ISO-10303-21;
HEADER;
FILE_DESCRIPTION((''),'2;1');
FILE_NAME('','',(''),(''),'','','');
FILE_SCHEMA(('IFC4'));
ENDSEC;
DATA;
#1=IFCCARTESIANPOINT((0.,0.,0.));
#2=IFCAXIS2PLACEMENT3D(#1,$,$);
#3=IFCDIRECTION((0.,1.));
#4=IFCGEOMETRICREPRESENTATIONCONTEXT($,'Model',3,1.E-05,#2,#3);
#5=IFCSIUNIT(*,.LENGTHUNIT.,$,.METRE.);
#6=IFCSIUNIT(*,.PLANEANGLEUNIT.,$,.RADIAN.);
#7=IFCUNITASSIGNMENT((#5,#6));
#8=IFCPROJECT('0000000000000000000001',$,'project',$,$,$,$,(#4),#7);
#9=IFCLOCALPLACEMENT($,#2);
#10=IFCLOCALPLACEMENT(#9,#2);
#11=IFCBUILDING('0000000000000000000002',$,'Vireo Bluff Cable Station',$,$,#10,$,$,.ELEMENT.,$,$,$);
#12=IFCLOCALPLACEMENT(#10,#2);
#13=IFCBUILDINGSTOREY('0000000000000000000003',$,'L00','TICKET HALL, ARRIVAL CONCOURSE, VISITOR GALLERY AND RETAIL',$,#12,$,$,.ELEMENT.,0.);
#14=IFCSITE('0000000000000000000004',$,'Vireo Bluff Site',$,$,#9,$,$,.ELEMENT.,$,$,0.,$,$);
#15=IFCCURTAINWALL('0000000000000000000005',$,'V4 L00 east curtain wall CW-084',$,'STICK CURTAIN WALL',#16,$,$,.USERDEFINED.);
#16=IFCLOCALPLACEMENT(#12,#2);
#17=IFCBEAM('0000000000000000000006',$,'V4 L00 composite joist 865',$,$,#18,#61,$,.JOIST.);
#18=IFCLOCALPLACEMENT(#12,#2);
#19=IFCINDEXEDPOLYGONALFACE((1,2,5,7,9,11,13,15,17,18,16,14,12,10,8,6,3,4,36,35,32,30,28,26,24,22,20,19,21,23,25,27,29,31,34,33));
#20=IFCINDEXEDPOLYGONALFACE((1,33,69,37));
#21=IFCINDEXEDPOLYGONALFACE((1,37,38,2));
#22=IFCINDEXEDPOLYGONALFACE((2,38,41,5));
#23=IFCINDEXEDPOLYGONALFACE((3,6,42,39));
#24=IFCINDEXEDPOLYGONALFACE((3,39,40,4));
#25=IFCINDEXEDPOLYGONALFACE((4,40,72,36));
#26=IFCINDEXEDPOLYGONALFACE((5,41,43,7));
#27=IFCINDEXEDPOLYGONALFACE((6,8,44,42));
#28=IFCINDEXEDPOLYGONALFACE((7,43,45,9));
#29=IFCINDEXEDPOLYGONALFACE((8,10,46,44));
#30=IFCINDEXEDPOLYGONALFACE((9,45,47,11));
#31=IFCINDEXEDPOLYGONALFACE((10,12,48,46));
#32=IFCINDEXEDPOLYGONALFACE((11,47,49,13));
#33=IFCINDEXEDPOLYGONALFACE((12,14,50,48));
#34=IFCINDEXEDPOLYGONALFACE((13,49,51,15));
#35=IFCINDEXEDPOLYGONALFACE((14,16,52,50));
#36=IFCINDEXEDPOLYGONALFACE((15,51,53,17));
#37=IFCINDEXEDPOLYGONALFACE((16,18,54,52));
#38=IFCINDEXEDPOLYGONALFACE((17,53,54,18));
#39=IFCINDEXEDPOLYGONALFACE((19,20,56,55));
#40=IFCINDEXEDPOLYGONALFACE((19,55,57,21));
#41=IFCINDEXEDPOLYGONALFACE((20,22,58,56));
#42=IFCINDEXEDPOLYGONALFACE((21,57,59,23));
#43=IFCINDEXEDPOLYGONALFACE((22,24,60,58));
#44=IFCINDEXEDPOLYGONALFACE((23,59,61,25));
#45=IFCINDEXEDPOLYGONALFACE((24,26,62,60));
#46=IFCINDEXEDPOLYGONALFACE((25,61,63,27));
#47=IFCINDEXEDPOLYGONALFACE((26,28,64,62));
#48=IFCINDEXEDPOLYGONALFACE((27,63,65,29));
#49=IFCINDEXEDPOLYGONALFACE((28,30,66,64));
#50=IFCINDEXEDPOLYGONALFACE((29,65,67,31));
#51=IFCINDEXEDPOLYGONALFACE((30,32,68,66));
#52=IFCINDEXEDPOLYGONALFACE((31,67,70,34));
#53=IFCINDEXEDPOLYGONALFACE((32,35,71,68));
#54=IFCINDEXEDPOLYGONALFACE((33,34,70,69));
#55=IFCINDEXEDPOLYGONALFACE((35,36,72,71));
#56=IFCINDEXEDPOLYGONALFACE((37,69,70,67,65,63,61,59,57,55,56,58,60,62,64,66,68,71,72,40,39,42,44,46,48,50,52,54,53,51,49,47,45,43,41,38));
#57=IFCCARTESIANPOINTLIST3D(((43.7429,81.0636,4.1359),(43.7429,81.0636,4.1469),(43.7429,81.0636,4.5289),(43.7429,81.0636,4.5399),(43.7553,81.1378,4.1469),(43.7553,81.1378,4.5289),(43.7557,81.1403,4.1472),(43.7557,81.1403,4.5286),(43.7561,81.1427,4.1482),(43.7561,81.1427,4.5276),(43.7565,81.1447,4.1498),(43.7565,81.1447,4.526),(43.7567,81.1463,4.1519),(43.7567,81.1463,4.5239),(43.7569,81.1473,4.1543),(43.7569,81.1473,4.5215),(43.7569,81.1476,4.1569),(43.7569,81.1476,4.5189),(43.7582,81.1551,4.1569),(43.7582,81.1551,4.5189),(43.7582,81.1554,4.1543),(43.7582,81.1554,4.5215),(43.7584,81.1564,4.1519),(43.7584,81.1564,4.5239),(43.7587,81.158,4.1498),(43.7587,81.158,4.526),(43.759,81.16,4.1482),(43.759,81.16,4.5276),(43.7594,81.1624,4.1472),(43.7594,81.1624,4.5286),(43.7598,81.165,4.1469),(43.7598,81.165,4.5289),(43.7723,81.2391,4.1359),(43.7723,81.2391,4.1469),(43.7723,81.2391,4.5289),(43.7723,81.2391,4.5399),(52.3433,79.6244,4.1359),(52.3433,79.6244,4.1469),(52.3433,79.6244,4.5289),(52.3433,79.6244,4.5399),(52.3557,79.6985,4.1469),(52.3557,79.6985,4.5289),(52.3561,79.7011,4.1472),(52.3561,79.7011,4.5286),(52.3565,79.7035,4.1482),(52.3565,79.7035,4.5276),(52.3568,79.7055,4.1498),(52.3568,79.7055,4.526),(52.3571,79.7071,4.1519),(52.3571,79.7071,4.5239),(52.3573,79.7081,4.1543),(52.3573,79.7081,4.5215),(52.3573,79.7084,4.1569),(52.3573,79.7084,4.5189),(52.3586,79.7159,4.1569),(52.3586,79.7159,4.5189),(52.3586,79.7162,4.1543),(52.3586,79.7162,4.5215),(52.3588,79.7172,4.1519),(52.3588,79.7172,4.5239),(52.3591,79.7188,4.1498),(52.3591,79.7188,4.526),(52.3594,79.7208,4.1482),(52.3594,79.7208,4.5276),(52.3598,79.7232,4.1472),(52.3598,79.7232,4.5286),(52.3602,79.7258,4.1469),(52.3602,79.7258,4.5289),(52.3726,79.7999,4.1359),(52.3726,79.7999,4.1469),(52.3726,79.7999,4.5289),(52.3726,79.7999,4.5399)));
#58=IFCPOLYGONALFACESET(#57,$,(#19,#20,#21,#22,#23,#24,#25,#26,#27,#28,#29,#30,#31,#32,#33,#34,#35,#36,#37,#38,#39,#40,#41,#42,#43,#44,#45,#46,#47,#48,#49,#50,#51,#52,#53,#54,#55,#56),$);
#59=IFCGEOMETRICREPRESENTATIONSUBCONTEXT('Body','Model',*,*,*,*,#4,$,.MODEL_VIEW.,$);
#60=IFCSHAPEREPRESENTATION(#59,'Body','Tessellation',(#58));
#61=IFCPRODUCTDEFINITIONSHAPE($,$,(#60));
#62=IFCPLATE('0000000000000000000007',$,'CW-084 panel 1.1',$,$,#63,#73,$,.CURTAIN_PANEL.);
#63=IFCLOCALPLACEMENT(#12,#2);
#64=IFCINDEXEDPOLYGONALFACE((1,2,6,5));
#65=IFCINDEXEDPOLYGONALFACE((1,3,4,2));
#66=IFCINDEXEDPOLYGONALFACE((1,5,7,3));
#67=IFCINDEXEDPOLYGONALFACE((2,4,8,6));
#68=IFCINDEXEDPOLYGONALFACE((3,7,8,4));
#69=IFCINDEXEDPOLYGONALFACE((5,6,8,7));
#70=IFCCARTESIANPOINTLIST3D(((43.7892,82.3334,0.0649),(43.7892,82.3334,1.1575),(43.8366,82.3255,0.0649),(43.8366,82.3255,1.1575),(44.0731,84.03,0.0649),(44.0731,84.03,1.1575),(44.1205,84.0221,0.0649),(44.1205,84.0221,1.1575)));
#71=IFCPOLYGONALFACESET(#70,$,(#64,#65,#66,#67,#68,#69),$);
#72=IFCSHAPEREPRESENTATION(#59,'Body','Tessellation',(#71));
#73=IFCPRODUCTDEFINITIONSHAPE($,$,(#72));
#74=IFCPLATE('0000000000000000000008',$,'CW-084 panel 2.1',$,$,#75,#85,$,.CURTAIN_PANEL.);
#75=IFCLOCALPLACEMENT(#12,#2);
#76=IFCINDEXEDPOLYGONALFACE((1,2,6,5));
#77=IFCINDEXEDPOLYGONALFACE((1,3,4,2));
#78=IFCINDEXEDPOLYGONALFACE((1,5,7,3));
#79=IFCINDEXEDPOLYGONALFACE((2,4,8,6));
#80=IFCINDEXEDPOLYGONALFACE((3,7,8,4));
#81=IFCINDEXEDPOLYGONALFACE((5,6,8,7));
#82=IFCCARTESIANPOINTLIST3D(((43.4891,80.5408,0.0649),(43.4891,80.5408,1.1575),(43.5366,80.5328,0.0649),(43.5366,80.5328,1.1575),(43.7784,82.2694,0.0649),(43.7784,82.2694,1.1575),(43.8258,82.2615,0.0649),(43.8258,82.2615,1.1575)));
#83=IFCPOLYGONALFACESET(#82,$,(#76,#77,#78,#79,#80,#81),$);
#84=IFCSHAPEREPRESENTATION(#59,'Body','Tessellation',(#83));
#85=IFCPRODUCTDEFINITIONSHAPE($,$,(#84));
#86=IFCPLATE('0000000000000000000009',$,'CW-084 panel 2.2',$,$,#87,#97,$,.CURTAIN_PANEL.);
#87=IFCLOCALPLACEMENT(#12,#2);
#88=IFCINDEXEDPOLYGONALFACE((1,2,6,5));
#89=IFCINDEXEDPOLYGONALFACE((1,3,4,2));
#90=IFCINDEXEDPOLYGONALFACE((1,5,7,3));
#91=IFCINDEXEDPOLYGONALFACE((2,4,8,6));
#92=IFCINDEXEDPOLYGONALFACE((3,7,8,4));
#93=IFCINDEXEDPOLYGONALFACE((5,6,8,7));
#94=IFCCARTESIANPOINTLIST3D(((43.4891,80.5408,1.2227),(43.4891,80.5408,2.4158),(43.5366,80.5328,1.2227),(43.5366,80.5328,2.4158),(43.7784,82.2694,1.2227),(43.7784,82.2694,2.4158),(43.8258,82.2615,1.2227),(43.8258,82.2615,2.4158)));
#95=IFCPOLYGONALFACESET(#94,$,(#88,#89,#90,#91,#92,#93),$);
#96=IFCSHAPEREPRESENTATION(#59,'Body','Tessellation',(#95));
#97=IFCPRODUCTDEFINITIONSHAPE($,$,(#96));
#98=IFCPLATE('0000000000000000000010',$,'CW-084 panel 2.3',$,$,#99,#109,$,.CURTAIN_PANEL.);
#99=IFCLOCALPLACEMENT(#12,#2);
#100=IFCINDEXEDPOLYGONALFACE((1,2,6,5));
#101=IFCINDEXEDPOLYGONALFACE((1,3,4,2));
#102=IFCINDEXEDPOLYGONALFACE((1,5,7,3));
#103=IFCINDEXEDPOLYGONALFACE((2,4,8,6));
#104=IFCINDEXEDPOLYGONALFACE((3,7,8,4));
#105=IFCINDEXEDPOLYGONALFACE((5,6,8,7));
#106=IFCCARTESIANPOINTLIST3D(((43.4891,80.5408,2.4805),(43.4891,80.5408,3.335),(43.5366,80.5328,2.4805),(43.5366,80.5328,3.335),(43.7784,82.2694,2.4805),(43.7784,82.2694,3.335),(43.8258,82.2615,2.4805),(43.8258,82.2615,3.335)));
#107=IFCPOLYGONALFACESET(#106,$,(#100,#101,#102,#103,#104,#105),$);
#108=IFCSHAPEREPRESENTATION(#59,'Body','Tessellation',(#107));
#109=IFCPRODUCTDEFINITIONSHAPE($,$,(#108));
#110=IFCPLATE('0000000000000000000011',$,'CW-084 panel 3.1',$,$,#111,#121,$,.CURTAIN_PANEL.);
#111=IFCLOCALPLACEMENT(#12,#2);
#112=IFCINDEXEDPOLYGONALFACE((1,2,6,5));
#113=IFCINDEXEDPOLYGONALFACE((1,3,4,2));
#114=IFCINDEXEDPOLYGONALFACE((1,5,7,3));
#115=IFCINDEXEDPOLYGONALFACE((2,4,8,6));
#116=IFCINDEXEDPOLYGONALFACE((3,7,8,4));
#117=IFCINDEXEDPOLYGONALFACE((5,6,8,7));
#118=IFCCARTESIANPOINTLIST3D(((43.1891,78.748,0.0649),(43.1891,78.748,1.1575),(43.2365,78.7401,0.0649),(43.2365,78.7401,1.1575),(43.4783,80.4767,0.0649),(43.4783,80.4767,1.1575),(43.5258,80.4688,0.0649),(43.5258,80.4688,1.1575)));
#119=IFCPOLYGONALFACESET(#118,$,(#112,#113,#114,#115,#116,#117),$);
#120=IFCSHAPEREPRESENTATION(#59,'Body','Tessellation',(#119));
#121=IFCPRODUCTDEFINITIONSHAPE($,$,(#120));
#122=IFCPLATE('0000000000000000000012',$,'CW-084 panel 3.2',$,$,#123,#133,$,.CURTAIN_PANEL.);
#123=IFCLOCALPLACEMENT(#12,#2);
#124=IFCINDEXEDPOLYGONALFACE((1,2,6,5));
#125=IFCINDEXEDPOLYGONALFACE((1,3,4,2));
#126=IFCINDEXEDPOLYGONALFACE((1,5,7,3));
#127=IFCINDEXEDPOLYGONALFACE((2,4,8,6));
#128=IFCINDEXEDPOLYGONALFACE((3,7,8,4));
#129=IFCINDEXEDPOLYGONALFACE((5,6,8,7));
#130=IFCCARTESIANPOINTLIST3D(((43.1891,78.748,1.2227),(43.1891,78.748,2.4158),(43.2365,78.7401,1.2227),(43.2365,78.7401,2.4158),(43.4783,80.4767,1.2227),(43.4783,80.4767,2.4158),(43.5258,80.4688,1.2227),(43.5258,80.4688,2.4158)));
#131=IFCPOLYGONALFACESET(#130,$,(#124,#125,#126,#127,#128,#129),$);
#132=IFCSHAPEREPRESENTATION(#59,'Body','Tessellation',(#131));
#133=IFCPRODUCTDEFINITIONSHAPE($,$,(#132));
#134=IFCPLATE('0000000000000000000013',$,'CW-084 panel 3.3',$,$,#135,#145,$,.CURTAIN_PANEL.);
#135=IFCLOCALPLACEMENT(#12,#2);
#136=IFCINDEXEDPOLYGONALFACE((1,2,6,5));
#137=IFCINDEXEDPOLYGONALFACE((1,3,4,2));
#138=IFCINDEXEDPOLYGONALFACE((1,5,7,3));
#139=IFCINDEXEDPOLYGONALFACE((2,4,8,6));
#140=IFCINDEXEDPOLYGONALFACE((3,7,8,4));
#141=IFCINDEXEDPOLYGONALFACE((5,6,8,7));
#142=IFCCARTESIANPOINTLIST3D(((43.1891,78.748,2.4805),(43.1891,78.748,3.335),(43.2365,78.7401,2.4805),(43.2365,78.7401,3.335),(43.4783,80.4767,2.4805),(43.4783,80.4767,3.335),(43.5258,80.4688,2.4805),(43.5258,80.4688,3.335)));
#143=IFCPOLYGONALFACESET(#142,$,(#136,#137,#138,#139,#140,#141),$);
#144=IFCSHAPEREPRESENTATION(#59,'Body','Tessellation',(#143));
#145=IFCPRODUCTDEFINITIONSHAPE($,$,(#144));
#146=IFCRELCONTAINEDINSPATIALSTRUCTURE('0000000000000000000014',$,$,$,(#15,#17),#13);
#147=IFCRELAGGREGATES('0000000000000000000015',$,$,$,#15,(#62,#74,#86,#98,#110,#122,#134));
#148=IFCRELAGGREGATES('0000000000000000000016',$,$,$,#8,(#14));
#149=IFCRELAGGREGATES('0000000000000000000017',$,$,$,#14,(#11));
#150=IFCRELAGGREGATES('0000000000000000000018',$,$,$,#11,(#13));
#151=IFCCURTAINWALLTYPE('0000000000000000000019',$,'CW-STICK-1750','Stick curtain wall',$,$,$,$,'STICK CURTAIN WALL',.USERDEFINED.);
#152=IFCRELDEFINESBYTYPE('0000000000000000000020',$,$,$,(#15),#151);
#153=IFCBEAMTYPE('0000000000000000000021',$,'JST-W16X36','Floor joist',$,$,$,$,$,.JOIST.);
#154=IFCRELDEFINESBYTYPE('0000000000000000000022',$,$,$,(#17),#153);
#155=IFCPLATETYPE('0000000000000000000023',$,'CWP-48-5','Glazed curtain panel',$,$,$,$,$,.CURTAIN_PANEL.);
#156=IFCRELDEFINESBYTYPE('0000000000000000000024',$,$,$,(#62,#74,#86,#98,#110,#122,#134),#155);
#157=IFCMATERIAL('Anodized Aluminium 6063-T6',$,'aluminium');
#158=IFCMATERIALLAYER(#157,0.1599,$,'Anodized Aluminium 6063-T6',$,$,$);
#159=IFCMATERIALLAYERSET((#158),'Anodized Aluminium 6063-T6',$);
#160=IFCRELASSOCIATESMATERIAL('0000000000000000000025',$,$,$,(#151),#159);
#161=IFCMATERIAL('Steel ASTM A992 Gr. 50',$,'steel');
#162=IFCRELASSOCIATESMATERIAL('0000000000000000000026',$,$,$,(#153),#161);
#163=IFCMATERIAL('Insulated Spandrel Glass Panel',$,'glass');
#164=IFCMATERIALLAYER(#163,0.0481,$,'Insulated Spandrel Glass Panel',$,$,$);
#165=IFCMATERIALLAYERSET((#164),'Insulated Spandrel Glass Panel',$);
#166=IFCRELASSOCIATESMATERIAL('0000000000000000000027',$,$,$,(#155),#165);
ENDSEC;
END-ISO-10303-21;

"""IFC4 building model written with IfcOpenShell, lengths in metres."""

from ifc_helpers import new_model, si_unit, direction, frame, origin, origin_2d, place, context, subcontext, project, spatial, rectangle, i_section, extrude, material, layer, layer_set, material_profile, profile_set, type_object, element, aggregate, save


model = new_model("IFC4")

# Units and contexts
model_context = context("Model", 3, precision=1e-05, world=origin(), true_north=direction((0.0, 1.0)))
body_context = subcontext(model_context, "Body", "Model", "MODEL_VIEW")
ifc_project = project(units=[si_unit("LENGTHUNIT", "METRE"), si_unit("PLANEANGLEUNIT", "RADIAN")], contexts=[model_context])

# Site, building, storey
site_placement = place(None, origin())
site = spatial("IfcSite", under=ifc_project, at=site_placement, Name="Vireo Bluff Site", CompositionType="ELEMENT", RefElevation=0.0)
building_placement = place(site_placement, origin())
building = spatial("IfcBuilding", under=site, at=building_placement, Name="Vireo Bluff Cable Station", CompositionType="ELEMENT")
storey_placement = place(building_placement, origin())
storey = spatial("IfcBuildingStorey", under=building, at=storey_placement, Name="L00", Description="TICKET HALL, ARRIVAL CONCOURSE, VISITOR GALLERY AND RETAIL", CompositionType="ELEMENT", Elevation=0.0)

# Shared definitions
ifc_material_1 = material(Name="Steel ASTM A992 Gr. 50", Category="steel")

# Curtain wall
ifc_material_2 = material(Name="Anodized Aluminium 6063-T6", Category="aluminium")
ifc_layer_1 = layer(ifc_material_2, 0.1599, Name="Anodized Aluminium 6063-T6")
ifc_layer_set_1 = layer_set([ifc_layer_1], Name="Anodized Aluminium 6063-T6")
curtain_wall_type = type_object("IfcCurtainWallType", Name="CW-STICK-1750", Description="Stick curtain wall", ElementType="STICK CURTAIN WALL", PredefinedType="USERDEFINED", material=ifc_layer_set_1)
curtain_wall_placement = place(storey_placement, origin())
curtain_wall = element("IfcCurtainWall", 1, at=curtain_wall_placement, inside=storey, type_object=curtain_wall_type, Name="V4 L00 east curtain wall CW-084", ObjectType="STICK CURTAIN WALL", PredefinedType="USERDEFINED")

# Beam
ifc_material_profile_1 = material_profile(ifc_material_1, i_section(OverallWidth=0.178, OverallDepth=0.4041, WebThickness=0.0076, FlangeThickness=0.011, FilletRadius=0.01, at=origin_2d()), Name="W16X36")
ifc_profile_set_1 = profile_set([ifc_material_profile_1], Name="Steel ASTM A992 Gr. 50")
beam_type_1 = type_object("IfcBeamType", Name="JST-W16X36", Description="Floor joist", PredefinedType="JOIST", material=ifc_profile_set_1)
beam_1_placement = place(storey_placement, frame((43.7576, 81.1514, 4.3379), z_axis=(0.986286, -0.165048, 0.0), x_axis=(0.165048, 0.986286, 0.0)))
element("IfcBeam", 2, at=beam_1_placement, inside=storey, type_object=beam_type_1, Name="V4 L00 composite joist 865", PredefinedType="JOIST", context=body_context, shape_type="SweptSolid", body=[
    extrude(i_section(OverallWidth=0.178, OverallDepth=0.4041, WebThickness=0.0076, FlangeThickness=0.011, FilletRadius=0.01, at=origin_2d()), origin(), (0.0, 0.0, 1.0), 8.72),
])

# Plates
ifc_material_3 = material(Name="Insulated Spandrel Glass Panel", Category="glass")
ifc_layer_2 = layer(ifc_material_3, 0.0481, Name="Insulated Spandrel Glass Panel")
ifc_layer_set_2 = layer_set([ifc_layer_2], Name="Insulated Spandrel Glass Panel")
plate_type = type_object("IfcPlateType", Name="CWP-48-5", Description="Glazed curtain panel", PredefinedType="CURTAIN_PANEL", material=ifc_layer_set_2)
plate_1_placement = place(storey_placement, frame((43.9548, 83.1777, 0.0649), z_axis=(0.0, 0.0, 1.0), x_axis=(-0.165048, -0.986286, 0.0)))
plate_1 = element("IfcPlate", 3, at=plate_1_placement, type_object=plate_type, Name="CW-084 panel 1.1", PredefinedType="CURTAIN_PANEL", context=body_context, shape_type="SweptSolid", body=[
    extrude(rectangle(XDim=1.7202, YDim=0.0481, at=origin_2d()), origin(), (0.0, 0.0, 1.0), 1.0925),
])
plate_2_placement = place(storey_placement, frame((43.6575, 81.4011, 0.0649), z_axis=(0.0, 0.0, 1.0), x_axis=(-0.165048, -0.986286, 0.0)))
plate_2 = element("IfcPlate", 4, at=plate_2_placement, type_object=plate_type, Name="CW-084 panel 2.1", PredefinedType="CURTAIN_PANEL", context=body_context, shape_type="SweptSolid", body=[
    extrude(rectangle(XDim=1.7527, YDim=0.0481, at=origin_2d()), origin(), (0.0, 0.0, 1.0), 1.0925),
])
plate_3_placement = place(storey_placement, frame((43.6575, 81.4011, 1.2227), z_axis=(0.0, 0.0, 1.0), x_axis=(-0.165048, -0.986286, 0.0)))
plate_3 = element("IfcPlate", 5, at=plate_3_placement, type_object=plate_type, Name="CW-084 panel 2.2", PredefinedType="CURTAIN_PANEL", context=body_context, shape_type="SweptSolid", body=[
    extrude(rectangle(XDim=1.7527, YDim=0.0481, at=origin_2d()), origin(), (0.0, 0.0, 1.0), 1.1931),
])
plate_4_placement = place(storey_placement, frame((43.6575, 81.4011, 2.4805), z_axis=(0.0, 0.0, 1.0), x_axis=(-0.165048, -0.986286, 0.0)))
plate_4 = element("IfcPlate", 6, at=plate_4_placement, type_object=plate_type, Name="CW-084 panel 2.3", PredefinedType="CURTAIN_PANEL", context=body_context, shape_type="SweptSolid", body=[
    extrude(rectangle(XDim=1.7527, YDim=0.0481, at=origin_2d()), origin(), (0.0, 0.0, 1.0), 0.8545),
])
plate_5_placement = place(storey_placement, frame((43.3574, 79.6084, 0.0649), z_axis=(0.0, 0.0, 1.0), x_axis=(-0.165048, -0.986286, 0.0)))
plate_5 = element("IfcPlate", 7, at=plate_5_placement, type_object=plate_type, Name="CW-084 panel 3.1", PredefinedType="CURTAIN_PANEL", context=body_context, shape_type="SweptSolid", body=[
    extrude(rectangle(XDim=1.7527, YDim=0.0481, at=origin_2d()), origin(), (0.0, 0.0, 1.0), 1.0925),
])
plate_6_placement = place(storey_placement, frame((43.3574, 79.6084, 1.2227), z_axis=(0.0, 0.0, 1.0), x_axis=(-0.165048, -0.986286, 0.0)))
plate_6 = element("IfcPlate", 8, at=plate_6_placement, type_object=plate_type, Name="CW-084 panel 3.2", PredefinedType="CURTAIN_PANEL", context=body_context, shape_type="SweptSolid", body=[
    extrude(rectangle(XDim=1.7527, YDim=0.0481, at=origin_2d()), origin(), (0.0, 0.0, 1.0), 1.1931),
])
plate_7_placement = place(storey_placement, frame((43.3574, 79.6084, 2.4805), z_axis=(0.0, 0.0, 1.0), x_axis=(-0.165048, -0.986286, 0.0)))
plate_7 = element("IfcPlate", 9, at=plate_7_placement, type_object=plate_type, Name="CW-084 panel 3.3", PredefinedType="CURTAIN_PANEL", context=body_context, shape_type="SweptSolid", body=[
    extrude(rectangle(XDim=1.7527, YDim=0.0481, at=origin_2d()), origin(), (0.0, 0.0, 1.0), 0.8545),
])
aggregate(curtain_wall, [plate_1, plate_2, plate_3, plate_4, plate_5, plate_6, plate_7])

save(model, "model.ifc")
